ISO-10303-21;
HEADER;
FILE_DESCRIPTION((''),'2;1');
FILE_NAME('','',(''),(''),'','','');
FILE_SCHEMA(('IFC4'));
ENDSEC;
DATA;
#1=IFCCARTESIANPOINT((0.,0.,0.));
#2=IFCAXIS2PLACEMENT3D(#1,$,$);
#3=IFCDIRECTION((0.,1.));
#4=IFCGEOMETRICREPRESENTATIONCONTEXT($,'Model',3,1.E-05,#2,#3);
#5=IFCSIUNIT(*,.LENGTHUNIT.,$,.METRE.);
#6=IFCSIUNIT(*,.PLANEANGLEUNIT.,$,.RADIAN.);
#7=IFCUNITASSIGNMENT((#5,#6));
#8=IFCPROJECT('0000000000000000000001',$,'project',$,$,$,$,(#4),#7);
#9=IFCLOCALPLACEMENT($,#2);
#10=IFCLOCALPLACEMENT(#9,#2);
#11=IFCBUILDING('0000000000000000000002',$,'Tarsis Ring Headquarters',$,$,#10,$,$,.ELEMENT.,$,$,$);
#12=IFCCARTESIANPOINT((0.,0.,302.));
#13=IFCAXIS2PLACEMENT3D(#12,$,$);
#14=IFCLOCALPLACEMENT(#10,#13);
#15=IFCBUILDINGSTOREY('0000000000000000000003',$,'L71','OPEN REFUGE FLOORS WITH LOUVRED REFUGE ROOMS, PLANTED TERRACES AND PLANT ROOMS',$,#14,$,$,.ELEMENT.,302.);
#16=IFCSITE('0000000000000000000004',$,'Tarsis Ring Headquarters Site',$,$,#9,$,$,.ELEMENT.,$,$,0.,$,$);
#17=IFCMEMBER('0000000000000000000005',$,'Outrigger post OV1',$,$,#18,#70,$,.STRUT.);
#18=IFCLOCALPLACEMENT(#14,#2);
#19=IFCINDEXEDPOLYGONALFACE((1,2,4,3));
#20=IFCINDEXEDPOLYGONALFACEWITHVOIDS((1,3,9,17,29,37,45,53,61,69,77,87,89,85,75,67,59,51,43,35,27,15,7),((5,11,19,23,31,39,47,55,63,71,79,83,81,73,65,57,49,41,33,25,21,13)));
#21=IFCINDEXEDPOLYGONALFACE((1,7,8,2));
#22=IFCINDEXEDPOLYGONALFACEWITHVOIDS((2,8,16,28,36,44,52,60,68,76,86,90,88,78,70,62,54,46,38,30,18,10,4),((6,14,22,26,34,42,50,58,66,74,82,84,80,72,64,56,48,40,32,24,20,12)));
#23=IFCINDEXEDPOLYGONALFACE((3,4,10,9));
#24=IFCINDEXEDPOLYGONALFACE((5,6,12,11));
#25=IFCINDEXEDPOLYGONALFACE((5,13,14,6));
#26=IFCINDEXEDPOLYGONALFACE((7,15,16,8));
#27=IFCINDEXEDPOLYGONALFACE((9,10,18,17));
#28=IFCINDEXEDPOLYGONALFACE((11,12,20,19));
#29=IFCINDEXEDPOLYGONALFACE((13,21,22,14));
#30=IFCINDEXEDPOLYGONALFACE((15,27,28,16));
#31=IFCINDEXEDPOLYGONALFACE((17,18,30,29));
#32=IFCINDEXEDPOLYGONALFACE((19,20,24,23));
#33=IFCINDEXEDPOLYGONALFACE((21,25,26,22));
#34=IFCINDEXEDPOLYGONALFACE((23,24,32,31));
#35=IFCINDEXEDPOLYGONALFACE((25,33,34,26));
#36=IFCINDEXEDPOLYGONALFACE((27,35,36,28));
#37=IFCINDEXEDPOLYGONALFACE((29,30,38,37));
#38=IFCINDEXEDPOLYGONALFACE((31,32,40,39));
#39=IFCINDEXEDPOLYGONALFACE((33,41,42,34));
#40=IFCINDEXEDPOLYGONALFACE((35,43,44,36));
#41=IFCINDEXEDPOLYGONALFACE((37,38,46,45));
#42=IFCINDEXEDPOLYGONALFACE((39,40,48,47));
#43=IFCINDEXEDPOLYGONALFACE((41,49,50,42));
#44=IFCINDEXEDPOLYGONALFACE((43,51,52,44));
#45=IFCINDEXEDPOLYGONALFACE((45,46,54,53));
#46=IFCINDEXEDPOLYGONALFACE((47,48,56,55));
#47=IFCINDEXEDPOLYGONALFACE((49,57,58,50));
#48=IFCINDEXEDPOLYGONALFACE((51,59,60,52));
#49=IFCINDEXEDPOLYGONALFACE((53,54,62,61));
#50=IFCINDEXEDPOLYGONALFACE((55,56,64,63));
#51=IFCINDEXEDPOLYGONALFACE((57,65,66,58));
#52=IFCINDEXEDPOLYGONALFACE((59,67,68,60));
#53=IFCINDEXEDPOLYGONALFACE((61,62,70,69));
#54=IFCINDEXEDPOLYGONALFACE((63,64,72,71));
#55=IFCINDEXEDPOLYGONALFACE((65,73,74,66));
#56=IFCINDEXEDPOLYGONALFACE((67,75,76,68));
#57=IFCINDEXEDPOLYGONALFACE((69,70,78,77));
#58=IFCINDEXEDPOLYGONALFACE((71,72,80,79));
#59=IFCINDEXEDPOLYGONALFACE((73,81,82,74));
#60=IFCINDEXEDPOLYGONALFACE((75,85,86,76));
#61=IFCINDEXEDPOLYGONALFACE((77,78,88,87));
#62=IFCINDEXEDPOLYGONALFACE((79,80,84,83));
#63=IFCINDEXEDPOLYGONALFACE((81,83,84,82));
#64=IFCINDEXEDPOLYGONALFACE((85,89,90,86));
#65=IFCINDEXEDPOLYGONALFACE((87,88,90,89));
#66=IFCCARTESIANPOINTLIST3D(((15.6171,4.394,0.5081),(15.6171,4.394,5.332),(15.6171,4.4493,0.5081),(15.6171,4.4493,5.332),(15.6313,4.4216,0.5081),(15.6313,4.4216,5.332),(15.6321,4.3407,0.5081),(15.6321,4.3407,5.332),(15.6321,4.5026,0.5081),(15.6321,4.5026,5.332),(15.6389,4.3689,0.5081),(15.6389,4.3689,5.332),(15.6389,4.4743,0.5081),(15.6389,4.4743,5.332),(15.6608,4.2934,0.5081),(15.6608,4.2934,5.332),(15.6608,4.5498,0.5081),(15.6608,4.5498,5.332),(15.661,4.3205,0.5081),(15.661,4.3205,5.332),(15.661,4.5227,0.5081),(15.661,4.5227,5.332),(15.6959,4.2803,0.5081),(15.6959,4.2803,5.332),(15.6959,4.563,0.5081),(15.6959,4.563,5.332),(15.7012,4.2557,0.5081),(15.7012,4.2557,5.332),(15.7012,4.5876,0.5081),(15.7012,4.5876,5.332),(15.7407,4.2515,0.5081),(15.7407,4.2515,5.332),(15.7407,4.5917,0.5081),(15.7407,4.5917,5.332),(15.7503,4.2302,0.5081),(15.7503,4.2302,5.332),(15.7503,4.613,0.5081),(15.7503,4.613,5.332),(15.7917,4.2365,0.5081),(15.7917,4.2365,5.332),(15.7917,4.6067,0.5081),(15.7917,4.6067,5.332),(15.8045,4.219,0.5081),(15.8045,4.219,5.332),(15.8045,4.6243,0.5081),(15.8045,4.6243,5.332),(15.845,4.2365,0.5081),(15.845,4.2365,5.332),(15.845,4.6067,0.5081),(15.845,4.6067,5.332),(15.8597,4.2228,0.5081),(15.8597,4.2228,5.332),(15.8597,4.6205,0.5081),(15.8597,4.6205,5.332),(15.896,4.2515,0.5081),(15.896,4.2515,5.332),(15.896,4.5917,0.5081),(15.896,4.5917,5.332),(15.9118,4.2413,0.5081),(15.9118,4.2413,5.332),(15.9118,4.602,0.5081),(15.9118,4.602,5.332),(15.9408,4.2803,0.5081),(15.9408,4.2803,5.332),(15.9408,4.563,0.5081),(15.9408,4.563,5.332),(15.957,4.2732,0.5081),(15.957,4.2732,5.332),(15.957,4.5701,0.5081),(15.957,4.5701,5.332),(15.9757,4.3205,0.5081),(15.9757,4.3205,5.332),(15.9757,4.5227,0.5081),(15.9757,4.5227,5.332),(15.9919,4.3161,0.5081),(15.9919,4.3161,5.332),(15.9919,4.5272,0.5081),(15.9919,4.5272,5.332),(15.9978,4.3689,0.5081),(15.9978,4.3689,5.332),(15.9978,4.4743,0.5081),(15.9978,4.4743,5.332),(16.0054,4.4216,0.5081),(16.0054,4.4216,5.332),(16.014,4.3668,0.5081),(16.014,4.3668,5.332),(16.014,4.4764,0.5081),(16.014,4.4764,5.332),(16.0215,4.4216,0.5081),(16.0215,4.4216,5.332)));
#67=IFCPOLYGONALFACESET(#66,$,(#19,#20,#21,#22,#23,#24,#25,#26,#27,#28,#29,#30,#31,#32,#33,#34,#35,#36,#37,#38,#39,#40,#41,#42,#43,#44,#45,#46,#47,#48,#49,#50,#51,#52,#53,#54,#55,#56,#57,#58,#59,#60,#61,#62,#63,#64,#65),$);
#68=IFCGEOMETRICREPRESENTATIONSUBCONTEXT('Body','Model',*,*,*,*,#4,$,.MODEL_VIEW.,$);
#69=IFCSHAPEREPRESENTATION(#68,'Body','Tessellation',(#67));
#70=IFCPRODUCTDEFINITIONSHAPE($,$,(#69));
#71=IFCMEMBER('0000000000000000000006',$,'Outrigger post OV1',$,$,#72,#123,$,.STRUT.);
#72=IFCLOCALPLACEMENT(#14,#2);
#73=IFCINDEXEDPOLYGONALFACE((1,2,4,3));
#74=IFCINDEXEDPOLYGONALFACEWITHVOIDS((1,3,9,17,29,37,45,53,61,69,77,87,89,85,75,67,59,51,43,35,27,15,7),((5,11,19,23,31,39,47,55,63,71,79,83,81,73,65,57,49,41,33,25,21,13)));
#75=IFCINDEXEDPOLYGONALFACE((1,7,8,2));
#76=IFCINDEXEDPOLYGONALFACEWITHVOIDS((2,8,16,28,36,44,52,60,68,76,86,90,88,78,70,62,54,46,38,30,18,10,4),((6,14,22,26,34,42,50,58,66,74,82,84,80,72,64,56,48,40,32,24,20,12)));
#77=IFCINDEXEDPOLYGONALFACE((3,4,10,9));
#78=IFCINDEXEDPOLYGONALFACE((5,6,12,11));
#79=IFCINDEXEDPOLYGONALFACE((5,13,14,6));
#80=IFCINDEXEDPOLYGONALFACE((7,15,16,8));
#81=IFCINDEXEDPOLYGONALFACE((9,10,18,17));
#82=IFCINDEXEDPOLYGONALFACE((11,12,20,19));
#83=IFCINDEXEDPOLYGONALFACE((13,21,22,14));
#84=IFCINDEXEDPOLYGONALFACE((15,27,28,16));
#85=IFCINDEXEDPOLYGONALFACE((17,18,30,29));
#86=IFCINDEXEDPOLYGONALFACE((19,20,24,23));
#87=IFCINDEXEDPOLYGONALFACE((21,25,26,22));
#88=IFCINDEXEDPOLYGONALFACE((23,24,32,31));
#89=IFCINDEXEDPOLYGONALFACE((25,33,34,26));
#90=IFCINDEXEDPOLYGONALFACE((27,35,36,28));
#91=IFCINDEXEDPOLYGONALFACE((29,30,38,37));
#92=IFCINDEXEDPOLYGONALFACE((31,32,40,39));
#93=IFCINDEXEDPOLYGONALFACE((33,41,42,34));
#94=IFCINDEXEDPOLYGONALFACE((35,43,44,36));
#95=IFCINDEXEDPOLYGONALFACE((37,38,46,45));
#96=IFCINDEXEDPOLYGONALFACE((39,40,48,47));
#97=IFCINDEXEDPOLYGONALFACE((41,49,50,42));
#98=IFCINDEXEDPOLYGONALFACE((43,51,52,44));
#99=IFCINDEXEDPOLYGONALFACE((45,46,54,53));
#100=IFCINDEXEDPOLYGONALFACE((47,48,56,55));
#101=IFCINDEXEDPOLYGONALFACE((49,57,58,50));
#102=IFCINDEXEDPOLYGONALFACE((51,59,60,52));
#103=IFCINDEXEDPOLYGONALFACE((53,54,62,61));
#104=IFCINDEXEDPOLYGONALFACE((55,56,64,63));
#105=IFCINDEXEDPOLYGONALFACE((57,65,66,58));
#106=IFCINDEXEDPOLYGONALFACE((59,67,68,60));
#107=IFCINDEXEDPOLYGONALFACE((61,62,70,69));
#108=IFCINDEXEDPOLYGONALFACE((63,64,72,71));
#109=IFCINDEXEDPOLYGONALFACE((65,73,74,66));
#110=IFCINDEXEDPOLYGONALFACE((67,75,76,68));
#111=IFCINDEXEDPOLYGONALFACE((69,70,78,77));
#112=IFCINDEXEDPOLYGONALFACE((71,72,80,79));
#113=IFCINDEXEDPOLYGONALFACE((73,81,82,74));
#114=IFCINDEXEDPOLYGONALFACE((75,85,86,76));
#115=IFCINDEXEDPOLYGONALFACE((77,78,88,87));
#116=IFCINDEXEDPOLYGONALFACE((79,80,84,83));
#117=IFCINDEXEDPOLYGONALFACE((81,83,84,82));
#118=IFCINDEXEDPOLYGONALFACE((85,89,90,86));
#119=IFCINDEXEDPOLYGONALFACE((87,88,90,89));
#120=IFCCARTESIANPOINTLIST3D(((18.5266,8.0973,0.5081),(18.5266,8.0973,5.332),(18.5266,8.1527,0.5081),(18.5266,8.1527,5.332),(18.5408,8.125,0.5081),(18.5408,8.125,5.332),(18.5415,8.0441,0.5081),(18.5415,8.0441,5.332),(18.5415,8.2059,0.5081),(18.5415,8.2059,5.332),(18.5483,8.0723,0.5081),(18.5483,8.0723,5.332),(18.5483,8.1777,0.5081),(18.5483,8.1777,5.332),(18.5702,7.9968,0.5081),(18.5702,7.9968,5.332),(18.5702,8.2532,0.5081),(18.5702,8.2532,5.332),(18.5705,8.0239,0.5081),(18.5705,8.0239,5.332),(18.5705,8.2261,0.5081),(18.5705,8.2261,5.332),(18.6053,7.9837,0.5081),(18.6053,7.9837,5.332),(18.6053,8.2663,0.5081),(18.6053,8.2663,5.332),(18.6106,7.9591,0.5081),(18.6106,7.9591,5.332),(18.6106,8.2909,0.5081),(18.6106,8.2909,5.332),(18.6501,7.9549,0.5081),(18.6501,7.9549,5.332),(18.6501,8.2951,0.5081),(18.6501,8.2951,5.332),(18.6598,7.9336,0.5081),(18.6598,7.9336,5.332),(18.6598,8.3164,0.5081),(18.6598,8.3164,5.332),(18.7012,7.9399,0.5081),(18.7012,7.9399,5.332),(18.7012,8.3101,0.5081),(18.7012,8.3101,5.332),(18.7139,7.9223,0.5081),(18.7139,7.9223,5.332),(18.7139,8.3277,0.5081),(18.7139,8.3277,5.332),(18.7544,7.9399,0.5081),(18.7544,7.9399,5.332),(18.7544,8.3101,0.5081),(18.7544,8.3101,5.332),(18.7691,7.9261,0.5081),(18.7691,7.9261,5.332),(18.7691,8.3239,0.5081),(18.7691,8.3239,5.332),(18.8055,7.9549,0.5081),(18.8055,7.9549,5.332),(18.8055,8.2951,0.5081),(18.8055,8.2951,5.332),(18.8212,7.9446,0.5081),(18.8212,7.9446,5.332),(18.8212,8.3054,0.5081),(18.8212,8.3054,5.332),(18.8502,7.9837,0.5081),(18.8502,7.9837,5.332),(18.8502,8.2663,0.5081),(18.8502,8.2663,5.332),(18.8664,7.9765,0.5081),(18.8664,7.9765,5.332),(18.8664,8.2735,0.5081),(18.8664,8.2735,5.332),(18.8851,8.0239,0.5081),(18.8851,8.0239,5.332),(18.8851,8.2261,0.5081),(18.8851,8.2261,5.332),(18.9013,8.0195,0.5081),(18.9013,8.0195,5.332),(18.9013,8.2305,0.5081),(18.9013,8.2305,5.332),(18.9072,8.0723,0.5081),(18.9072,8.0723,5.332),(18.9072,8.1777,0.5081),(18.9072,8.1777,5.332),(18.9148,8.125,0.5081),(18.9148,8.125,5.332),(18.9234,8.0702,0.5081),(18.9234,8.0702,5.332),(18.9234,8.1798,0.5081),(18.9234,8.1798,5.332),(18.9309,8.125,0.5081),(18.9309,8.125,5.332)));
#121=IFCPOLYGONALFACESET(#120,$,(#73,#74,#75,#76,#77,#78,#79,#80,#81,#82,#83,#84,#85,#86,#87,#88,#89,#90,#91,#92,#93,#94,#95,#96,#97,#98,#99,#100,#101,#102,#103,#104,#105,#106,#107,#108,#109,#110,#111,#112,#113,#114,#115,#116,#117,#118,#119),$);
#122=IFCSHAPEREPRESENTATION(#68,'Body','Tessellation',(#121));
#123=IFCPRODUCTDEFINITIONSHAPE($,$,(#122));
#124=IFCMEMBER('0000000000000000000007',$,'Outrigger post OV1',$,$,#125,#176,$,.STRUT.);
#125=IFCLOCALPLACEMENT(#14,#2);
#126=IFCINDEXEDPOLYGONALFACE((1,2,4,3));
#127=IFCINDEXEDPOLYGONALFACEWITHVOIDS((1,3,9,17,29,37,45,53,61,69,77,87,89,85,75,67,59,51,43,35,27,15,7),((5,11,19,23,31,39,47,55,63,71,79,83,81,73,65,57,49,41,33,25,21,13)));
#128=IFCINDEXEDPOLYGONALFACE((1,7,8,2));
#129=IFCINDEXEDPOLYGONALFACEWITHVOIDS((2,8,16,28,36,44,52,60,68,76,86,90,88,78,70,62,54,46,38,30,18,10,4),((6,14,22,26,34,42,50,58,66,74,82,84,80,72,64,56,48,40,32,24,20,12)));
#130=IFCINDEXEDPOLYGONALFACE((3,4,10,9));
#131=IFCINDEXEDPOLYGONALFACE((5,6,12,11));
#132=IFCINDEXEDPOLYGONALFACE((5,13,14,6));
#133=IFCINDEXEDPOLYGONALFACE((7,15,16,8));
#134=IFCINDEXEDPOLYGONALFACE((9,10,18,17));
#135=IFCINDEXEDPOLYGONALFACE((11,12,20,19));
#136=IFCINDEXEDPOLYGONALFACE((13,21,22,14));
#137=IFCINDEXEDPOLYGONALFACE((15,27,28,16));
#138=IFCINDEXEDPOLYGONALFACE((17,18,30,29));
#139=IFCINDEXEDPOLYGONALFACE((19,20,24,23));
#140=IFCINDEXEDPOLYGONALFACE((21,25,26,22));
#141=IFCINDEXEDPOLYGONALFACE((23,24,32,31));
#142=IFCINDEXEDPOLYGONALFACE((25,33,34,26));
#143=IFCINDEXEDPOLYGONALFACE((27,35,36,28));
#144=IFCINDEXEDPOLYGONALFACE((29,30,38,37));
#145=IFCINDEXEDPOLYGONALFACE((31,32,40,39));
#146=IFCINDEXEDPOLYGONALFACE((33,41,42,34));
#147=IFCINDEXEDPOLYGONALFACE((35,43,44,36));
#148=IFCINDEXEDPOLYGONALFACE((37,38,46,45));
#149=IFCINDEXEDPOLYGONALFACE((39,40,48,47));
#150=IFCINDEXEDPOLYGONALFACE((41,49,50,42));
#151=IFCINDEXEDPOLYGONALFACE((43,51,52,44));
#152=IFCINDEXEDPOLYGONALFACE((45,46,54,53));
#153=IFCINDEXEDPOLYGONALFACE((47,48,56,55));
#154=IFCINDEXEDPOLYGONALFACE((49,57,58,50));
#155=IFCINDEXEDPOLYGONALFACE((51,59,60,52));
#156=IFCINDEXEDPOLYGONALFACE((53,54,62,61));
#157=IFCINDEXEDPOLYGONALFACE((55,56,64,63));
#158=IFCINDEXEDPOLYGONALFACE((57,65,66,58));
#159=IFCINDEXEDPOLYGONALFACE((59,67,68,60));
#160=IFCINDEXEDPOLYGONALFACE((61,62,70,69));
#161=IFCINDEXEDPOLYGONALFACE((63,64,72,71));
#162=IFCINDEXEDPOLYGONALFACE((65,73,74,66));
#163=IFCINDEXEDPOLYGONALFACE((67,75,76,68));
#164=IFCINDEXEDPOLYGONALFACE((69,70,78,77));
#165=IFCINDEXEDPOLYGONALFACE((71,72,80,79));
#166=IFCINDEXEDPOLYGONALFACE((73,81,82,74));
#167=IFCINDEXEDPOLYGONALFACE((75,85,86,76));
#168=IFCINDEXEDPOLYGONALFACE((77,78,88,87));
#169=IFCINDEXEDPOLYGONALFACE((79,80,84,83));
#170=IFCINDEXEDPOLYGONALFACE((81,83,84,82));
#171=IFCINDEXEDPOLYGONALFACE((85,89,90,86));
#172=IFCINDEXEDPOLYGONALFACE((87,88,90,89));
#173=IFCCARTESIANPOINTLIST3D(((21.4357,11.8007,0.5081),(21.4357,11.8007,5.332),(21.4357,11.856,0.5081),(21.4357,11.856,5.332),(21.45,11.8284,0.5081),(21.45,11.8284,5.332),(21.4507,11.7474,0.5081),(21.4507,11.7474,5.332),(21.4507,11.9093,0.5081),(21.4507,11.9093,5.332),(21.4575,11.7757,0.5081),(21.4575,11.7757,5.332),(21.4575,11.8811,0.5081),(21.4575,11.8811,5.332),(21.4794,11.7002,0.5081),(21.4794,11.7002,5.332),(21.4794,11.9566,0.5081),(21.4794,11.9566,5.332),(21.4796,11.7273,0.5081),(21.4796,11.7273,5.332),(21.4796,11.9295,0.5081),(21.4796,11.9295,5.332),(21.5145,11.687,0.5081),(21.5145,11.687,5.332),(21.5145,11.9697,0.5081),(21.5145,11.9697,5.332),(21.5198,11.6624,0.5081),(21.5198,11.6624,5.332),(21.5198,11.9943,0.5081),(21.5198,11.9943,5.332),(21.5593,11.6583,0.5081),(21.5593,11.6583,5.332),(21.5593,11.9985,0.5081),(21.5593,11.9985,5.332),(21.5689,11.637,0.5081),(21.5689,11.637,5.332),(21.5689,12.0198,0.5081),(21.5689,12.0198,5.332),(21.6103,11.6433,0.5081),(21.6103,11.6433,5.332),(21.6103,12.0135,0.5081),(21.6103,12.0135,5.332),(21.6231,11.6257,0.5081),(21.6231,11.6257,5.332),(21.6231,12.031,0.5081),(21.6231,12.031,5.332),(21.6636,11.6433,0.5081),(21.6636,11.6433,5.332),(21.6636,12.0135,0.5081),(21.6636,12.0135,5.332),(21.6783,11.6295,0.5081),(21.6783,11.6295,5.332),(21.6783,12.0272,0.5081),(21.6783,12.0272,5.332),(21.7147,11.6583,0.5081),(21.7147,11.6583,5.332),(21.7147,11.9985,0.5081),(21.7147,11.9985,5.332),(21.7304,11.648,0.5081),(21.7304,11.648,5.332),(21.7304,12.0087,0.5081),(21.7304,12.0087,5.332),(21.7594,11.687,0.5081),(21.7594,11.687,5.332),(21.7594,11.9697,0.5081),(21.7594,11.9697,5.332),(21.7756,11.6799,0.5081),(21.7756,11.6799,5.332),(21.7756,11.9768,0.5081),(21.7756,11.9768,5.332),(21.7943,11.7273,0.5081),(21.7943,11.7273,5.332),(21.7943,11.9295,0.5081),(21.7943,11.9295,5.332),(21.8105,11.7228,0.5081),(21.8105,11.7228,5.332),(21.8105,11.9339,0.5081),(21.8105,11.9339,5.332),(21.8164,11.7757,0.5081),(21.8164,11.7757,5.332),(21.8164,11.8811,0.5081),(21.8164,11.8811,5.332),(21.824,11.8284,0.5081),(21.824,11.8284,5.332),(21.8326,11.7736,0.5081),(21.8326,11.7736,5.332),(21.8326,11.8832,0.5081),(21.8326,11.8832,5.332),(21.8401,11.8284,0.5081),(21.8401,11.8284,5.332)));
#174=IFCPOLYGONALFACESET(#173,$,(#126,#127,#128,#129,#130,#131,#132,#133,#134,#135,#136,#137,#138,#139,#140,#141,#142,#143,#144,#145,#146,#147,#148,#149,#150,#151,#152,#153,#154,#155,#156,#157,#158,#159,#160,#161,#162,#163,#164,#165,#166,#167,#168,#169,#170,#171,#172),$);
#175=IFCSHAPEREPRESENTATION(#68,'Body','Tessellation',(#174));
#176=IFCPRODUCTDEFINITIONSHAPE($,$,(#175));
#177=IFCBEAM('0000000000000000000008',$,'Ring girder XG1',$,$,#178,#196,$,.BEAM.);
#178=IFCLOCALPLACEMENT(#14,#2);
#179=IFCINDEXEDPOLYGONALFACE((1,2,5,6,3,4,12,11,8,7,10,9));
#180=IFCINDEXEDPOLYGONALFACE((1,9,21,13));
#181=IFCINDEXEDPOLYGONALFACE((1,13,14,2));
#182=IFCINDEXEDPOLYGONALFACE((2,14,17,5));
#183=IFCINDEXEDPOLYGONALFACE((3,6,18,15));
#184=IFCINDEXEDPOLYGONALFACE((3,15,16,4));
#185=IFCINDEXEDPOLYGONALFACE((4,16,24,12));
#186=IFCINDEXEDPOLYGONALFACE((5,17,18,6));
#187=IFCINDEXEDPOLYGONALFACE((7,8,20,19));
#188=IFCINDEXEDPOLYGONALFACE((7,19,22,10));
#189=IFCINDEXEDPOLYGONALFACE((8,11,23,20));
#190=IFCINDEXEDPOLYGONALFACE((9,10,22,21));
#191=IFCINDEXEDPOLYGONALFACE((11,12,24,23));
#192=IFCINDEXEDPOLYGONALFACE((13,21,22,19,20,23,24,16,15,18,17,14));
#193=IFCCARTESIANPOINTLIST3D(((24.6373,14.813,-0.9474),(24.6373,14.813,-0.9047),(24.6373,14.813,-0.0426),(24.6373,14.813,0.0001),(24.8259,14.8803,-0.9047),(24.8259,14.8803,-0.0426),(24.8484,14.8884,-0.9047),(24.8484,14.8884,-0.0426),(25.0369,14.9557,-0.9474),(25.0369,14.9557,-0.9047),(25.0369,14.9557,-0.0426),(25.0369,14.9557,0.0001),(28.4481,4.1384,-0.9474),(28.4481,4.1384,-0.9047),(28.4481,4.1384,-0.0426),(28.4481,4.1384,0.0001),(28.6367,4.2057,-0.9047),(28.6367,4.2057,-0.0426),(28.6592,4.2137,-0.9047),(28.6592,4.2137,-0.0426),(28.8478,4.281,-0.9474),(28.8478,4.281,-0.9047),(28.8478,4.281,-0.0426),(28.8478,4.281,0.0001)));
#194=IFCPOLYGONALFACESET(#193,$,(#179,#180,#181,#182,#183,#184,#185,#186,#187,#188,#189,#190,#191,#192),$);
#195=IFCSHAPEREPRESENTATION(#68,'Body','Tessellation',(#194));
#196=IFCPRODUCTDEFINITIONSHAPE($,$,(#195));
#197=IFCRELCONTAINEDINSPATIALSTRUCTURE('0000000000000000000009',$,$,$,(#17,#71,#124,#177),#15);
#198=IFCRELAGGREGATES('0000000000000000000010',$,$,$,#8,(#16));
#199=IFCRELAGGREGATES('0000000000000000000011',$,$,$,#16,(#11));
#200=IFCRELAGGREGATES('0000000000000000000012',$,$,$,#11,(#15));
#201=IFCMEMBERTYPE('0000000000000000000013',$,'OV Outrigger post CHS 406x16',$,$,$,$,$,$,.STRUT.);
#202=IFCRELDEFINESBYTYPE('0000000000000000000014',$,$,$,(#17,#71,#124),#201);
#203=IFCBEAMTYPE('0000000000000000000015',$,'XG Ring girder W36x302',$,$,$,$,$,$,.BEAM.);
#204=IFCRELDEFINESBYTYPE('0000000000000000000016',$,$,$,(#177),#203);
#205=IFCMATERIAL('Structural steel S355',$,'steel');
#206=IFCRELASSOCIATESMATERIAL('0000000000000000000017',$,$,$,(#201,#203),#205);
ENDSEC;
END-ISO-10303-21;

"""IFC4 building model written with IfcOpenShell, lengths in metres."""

from ifc_helpers import new_model, si_unit, direction, frame, origin, origin_2d, place, context, subcontext, project, spatial, hollow_circle, i_section, extrude, material, material_profile, profile_set, type_object, element, save


model = new_model("IFC4")

# Units and contexts
model_context = context("Model", 3, precision=1e-05, world=origin(), true_north=direction((0.0, 1.0)))
body_context = subcontext(model_context, "Body", "Model", "MODEL_VIEW")
ifc_project = project(units=[si_unit("LENGTHUNIT", "METRE"), si_unit("PLANEANGLEUNIT", "RADIAN")], contexts=[model_context])

# Site, building, storey
site_placement = place(None, origin())
site = spatial("IfcSite", under=ifc_project, at=site_placement, Name="Tarsis Ring Headquarters Site", CompositionType="ELEMENT", RefElevation=0.0)
building_placement = place(site_placement, origin())
building = spatial("IfcBuilding", under=site, at=building_placement, Name="Tarsis Ring Headquarters", CompositionType="ELEMENT")
storey_placement = place(building_placement, frame((0.0, 0.0, 302.0)))
storey = spatial("IfcBuildingStorey", under=building, at=storey_placement, Name="L71", Description="OPEN REFUGE FLOORS WITH LOUVRED REFUGE ROOMS, PLANTED TERRACES AND PLANT ROOMS", CompositionType="ELEMENT", Elevation=302.0)

# Shared definitions
ifc_material_1 = material(Name="Structural steel S355", Category="steel")

# Members
ifc_material_profile_1 = material_profile(ifc_material_1, hollow_circle(Radius=0.2031, WallThickness=0.0161, at=origin_2d()), Name="CHS 406x16")
ifc_profile_set_1 = profile_set([ifc_material_profile_1], Name="Structural steel S355")
member_type_1 = type_object("IfcMemberType", Name="OV Outrigger post CHS 406x16", PredefinedType="STRUT", material=ifc_profile_set_1)
for number, where, z_axis, x_axis, name in (
    (1, (15.8184, 4.4216, 0.5081), (0.0, 0.0, 1.0), (1.0, 0.0, 0.0), "Outrigger post OV1"),
    (2, (18.7278, 8.125, 0.5081), (0.0, 0.0, 1.0), (1.0, 0.0, 0.0), "Outrigger post OV1"),
    (3, (21.637, 11.8284, 0.5081), (0.0, 0.0, 1.0), (1.0, 0.0, 0.0), "Outrigger post OV1"),
):
    element("IfcMember", number, at=place(storey_placement, frame(where, z_axis=z_axis, x_axis=x_axis)), inside=storey, type_object=member_type_1, Name=name, PredefinedType="STRUT", context=body_context, shape_type="SweptSolid", body=[
        extrude(hollow_circle(Radius=0.2031, WallThickness=0.0161, at=origin_2d()), origin(), (0.0, 0.0, 1.0), 4.824),
    ])

# Beam
ifc_material_profile_2 = material_profile(ifc_material_1, i_section(OverallWidth=0.4243, OverallDepth=0.9475, WebThickness=0.0239, FlangeThickness=0.0427, at=origin_2d()), Name="W36x302")
ifc_profile_set_2 = profile_set([ifc_material_profile_2], Name="Structural steel S355")
beam_type = type_object("IfcBeamType", Name="XG Ring girder W36x302", PredefinedType="BEAM", material=ifc_profile_set_2)
beam_placement = place(storey_placement, frame((28.6479, 4.2097, -0.4736), z_axis=(-0.336215, 0.941785, 0.0), x_axis=(-0.941785, -0.336215, 0.0)))
element("IfcBeam", 4, at=beam_placement, inside=storey, type_object=beam_type, Name="Ring girder XG1", PredefinedType="BEAM", context=body_context, shape_type="SweptSolid", body=[
    extrude(i_section(OverallWidth=0.4243, OverallDepth=0.9475, WebThickness=0.0239, FlangeThickness=0.0427, at=origin_2d()), origin(), (0.0, 0.0, 1.0), 11.3345),
])

save(model, "model.ifc")
